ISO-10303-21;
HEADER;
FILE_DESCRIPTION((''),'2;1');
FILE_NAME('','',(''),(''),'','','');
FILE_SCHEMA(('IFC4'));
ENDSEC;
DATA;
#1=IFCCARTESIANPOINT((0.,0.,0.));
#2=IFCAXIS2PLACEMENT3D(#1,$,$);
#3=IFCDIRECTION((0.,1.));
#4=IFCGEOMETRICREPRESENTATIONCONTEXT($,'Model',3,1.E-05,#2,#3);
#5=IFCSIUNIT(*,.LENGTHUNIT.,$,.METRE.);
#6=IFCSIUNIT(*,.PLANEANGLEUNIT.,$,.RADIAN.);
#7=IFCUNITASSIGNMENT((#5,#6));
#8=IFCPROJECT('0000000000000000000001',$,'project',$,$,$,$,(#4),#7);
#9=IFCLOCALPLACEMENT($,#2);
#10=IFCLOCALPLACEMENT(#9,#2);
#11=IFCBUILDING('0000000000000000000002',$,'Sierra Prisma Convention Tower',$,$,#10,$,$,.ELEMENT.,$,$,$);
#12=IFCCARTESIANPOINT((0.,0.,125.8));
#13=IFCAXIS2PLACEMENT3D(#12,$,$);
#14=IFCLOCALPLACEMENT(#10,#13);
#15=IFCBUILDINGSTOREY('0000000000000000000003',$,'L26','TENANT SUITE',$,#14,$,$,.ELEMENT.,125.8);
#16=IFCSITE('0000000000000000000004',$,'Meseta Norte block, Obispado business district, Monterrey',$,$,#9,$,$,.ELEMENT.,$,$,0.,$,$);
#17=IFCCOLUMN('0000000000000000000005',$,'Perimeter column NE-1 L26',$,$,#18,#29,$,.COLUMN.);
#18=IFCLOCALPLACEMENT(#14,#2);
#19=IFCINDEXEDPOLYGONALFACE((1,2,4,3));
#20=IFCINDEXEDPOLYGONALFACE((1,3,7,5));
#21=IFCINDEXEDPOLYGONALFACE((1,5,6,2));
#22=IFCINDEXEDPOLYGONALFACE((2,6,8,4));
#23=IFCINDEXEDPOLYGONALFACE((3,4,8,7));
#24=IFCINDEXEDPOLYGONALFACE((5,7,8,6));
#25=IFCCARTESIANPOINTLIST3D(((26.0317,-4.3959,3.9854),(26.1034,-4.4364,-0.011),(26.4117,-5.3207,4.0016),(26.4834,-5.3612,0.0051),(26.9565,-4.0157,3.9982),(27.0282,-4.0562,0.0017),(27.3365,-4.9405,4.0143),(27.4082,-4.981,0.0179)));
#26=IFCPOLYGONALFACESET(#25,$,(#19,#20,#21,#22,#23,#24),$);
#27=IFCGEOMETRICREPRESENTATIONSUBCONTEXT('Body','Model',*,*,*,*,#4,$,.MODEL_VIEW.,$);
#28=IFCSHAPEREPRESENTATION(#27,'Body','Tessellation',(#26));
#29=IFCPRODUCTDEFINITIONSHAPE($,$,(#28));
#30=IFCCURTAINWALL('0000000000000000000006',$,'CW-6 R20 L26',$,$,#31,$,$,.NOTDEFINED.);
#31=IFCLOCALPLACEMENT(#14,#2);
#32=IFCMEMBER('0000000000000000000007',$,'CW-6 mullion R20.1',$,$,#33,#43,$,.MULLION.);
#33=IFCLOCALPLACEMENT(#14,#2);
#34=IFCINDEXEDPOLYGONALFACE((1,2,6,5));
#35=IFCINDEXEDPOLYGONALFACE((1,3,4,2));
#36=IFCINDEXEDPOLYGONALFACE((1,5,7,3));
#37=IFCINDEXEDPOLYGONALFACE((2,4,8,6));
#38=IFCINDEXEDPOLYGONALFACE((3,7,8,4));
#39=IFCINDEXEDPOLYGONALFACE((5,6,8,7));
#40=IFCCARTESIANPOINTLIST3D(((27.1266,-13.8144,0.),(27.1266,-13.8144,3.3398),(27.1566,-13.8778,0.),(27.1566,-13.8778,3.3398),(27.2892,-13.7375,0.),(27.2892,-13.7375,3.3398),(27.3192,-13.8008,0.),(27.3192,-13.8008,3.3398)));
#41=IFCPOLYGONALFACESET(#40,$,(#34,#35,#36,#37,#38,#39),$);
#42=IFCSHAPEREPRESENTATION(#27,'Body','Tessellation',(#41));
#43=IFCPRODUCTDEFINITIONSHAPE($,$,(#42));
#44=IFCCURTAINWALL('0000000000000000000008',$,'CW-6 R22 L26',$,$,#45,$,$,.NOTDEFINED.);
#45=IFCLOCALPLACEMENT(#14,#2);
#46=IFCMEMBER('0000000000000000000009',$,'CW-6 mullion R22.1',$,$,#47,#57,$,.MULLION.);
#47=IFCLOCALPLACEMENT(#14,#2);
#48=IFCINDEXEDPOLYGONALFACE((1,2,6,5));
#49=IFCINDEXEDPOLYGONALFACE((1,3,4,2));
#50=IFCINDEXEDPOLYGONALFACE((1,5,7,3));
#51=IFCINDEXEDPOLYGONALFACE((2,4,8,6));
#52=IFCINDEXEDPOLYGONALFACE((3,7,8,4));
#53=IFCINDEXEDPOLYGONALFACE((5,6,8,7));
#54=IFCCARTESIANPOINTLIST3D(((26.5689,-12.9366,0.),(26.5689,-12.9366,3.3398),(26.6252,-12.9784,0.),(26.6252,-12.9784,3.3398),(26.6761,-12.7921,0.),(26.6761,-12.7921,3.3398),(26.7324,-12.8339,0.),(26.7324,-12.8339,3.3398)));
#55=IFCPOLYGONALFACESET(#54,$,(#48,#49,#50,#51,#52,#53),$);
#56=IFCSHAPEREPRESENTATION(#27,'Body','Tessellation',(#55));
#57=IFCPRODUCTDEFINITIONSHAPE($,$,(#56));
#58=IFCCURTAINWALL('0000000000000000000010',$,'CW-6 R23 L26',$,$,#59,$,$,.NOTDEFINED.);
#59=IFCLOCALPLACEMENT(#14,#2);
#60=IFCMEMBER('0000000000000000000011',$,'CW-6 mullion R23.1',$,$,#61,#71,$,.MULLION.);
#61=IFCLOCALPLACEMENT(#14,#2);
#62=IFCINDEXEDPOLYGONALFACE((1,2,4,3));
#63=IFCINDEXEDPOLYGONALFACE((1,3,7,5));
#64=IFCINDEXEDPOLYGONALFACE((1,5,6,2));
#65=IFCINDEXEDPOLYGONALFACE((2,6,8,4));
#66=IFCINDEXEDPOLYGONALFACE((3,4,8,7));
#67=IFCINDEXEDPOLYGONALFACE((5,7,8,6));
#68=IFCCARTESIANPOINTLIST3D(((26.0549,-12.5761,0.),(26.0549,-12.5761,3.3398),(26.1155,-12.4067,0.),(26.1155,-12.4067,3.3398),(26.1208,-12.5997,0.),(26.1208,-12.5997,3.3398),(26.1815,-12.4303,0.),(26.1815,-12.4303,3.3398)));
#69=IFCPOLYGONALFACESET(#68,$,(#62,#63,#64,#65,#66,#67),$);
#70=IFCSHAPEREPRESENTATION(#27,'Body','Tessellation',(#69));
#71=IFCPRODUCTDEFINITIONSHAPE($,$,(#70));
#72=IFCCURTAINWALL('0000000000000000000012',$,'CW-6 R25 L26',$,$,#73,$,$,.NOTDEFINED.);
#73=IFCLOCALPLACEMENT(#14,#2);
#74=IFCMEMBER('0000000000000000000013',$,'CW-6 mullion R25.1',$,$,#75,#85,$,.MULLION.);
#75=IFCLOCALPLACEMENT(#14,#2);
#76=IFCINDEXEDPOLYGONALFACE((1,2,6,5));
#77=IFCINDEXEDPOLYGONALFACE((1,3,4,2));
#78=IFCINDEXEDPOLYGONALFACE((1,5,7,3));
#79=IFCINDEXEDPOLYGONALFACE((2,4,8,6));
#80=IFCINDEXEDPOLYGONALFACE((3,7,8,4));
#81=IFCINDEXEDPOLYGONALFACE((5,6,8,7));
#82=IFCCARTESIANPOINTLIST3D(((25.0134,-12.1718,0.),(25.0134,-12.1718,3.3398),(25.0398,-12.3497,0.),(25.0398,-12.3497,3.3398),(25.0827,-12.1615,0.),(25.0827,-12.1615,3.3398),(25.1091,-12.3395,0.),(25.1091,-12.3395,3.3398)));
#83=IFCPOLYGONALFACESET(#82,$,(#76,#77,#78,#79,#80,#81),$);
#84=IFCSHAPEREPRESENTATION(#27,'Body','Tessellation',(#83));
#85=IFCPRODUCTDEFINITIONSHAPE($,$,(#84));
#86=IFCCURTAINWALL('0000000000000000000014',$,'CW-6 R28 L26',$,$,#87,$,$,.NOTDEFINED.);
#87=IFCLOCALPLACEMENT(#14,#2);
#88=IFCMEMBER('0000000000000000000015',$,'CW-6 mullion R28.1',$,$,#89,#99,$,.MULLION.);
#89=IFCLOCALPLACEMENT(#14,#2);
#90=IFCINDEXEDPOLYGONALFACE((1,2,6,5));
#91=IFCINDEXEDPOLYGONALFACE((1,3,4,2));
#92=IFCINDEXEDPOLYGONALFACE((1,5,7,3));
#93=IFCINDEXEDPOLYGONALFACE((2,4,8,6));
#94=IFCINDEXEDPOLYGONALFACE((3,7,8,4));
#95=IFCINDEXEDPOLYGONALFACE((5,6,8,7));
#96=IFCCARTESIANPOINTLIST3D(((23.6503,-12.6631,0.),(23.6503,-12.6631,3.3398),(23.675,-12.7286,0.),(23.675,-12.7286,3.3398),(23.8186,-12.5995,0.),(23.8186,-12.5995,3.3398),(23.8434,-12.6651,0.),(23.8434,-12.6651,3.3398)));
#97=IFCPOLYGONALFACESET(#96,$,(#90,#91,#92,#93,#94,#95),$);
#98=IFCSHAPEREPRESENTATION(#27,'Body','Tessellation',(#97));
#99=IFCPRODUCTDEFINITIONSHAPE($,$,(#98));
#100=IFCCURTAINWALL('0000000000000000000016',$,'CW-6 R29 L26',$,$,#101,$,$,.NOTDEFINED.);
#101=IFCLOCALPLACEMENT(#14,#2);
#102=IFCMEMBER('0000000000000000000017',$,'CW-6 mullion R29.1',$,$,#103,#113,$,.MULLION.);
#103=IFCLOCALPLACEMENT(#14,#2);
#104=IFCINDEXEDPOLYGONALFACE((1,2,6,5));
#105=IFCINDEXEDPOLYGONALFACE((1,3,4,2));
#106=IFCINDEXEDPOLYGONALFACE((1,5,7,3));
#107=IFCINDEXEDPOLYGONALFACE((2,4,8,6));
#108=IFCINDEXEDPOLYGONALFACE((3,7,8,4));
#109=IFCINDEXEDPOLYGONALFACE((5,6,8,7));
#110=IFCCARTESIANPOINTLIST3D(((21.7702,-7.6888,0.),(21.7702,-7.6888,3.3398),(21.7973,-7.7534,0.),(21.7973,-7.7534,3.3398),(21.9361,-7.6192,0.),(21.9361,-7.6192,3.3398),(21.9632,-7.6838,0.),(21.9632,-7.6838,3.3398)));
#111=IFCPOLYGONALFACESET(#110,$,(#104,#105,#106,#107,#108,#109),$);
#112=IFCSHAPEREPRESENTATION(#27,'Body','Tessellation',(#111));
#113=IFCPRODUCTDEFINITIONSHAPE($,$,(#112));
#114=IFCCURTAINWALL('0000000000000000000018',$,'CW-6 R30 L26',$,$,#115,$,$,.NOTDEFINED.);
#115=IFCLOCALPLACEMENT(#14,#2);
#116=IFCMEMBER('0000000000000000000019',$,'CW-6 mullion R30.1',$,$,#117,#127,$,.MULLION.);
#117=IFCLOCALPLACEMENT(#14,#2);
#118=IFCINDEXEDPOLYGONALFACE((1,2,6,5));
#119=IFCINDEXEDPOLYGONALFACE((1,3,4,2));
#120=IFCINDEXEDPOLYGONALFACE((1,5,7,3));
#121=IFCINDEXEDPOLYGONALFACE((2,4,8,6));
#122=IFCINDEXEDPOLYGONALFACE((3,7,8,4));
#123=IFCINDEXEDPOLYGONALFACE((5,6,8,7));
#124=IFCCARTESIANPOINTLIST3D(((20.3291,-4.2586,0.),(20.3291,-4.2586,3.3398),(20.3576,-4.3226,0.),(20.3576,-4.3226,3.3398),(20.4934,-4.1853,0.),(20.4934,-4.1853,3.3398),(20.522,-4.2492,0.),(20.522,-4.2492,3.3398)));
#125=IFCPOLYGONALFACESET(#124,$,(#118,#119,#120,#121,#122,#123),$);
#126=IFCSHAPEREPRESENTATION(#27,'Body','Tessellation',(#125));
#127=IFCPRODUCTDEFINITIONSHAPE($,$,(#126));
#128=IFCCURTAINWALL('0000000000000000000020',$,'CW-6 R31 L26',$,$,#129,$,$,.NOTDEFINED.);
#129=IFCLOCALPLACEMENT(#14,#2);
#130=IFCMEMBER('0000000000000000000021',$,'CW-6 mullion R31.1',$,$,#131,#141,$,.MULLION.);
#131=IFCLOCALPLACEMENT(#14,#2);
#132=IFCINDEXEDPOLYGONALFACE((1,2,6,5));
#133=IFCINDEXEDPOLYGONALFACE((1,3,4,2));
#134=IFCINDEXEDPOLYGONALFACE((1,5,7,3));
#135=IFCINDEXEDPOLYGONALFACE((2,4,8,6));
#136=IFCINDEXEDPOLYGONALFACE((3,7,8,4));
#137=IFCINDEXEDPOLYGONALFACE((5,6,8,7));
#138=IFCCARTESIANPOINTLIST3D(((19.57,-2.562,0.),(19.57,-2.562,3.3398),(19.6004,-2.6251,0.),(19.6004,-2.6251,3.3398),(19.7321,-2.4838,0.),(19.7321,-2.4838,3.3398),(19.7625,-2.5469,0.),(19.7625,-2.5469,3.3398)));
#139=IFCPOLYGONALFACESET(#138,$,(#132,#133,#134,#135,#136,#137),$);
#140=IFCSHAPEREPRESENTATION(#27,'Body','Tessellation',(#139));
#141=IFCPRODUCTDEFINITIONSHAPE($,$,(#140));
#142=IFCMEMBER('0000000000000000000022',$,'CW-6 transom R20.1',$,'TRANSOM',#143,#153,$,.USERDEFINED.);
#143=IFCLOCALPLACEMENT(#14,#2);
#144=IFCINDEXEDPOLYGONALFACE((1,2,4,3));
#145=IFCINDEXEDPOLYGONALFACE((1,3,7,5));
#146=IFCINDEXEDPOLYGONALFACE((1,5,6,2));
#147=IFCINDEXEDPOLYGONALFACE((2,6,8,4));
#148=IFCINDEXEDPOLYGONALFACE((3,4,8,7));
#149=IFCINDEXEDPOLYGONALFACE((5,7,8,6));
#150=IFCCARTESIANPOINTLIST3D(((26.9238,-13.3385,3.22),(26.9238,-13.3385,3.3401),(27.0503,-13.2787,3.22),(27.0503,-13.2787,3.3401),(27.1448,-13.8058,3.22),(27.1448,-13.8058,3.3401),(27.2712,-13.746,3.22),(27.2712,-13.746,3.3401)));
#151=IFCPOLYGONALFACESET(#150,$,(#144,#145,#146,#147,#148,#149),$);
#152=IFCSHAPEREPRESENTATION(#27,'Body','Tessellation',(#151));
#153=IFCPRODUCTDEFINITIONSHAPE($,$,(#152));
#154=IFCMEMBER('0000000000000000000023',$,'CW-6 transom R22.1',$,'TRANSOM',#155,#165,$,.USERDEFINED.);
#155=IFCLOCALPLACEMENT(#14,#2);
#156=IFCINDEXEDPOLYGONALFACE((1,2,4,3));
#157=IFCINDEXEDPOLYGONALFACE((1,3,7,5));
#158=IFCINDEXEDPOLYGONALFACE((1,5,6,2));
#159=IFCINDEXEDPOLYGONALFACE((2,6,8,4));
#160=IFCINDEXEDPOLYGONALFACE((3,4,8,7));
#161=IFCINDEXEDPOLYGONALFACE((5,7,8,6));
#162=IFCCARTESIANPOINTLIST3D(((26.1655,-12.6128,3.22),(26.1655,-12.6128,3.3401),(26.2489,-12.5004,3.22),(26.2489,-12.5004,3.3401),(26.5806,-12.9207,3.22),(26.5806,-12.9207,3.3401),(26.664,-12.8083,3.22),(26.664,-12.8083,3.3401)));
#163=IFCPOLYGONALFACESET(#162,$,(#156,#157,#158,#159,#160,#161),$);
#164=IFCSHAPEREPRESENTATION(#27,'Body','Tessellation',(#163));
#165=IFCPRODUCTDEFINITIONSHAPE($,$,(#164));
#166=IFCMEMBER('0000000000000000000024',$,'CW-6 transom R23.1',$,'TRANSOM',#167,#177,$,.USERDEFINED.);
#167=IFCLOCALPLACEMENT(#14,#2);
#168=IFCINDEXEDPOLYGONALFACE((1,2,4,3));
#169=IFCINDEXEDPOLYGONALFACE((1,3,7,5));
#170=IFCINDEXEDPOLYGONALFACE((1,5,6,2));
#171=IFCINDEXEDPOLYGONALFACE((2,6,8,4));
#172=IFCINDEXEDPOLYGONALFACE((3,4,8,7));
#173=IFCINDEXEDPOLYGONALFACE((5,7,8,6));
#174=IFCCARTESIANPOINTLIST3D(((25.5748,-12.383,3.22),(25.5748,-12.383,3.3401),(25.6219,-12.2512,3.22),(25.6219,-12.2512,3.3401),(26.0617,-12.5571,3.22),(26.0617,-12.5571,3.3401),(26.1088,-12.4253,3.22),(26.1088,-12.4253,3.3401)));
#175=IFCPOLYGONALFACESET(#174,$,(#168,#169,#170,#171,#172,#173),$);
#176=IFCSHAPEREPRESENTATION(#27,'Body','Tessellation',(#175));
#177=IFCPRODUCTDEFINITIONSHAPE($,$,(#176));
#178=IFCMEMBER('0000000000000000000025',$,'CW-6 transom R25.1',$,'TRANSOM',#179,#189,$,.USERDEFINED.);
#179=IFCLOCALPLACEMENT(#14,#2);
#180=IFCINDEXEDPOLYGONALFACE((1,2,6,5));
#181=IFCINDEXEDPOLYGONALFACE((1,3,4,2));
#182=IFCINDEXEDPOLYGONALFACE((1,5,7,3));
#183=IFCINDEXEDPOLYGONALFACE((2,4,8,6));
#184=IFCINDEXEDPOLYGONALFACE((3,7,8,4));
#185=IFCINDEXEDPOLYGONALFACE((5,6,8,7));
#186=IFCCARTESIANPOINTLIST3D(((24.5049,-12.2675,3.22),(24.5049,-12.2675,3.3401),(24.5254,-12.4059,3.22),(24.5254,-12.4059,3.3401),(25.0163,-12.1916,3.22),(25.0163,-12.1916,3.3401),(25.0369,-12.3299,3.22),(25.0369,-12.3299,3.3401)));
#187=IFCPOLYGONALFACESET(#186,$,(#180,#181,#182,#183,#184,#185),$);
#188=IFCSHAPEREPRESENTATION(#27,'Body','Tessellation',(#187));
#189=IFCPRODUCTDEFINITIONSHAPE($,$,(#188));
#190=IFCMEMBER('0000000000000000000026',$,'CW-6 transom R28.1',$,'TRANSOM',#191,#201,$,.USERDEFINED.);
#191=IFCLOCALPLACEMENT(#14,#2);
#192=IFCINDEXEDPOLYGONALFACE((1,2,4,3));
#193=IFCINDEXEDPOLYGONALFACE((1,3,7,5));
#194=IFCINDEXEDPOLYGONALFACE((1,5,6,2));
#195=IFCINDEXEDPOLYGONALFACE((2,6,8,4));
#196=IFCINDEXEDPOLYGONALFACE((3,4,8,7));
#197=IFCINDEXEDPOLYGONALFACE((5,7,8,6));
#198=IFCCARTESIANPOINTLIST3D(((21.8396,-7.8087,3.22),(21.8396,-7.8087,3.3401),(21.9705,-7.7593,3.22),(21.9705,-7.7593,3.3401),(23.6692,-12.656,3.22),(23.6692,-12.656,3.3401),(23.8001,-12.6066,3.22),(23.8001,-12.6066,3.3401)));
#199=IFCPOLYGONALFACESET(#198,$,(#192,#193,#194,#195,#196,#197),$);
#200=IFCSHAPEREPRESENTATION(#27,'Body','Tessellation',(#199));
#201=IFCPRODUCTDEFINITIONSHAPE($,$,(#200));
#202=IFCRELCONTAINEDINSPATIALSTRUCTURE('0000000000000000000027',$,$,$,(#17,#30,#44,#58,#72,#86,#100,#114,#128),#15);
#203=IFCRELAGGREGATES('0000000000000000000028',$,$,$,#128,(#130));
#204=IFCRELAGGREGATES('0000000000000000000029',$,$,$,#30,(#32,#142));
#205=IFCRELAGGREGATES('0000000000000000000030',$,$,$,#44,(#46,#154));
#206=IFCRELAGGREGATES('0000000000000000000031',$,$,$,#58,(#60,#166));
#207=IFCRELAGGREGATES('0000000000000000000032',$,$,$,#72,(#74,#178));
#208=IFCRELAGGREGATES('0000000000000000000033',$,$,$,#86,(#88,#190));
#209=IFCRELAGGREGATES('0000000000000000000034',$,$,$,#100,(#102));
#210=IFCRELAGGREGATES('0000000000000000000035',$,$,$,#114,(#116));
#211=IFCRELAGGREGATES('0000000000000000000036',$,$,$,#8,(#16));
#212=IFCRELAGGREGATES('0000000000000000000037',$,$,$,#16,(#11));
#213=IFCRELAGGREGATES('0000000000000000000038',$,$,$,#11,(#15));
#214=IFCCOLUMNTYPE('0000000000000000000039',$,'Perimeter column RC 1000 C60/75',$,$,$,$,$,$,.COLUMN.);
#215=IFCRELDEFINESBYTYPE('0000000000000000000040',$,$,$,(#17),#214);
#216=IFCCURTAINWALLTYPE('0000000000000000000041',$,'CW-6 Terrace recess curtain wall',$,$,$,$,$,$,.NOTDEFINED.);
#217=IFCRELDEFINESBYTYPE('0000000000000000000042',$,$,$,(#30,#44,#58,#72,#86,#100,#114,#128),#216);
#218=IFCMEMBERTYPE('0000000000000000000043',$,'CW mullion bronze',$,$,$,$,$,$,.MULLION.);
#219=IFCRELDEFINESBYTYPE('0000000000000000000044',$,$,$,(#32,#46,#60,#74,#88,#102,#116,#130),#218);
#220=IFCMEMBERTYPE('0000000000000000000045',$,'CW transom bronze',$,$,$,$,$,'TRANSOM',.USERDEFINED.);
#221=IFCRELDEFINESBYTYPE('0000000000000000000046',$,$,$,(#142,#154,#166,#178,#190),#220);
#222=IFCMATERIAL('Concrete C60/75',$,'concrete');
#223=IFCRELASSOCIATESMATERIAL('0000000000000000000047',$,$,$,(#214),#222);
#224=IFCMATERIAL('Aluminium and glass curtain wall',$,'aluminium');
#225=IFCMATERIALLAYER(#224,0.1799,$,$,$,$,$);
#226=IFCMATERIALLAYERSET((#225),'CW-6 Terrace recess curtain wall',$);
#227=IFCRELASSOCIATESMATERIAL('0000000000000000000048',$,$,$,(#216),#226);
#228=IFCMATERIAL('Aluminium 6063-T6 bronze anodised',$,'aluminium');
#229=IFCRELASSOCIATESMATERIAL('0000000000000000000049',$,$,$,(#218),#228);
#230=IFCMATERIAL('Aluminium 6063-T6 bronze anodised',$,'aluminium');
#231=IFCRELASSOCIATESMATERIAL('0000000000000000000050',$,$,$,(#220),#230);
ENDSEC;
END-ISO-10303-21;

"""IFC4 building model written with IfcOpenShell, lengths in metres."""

from ifc_helpers import new_model, si_unit, direction, frame, origin, origin_2d, place, context, subcontext, project, spatial, rectangle, extrude, clip, halfspace, material, layer, layer_set, material_profile, profile_set, type_object, element, aggregate, save


model = new_model("IFC4")

# Units and contexts
model_context = context("Model", 3, precision=1e-05, world=origin(), true_north=direction((0.0, 1.0)))
body_context = subcontext(model_context, "Body", "Model", "MODEL_VIEW")
ifc_project = project(units=[si_unit("LENGTHUNIT", "METRE"), si_unit("PLANEANGLEUNIT", "RADIAN")], contexts=[model_context])

# Site, building, storey
site_placement = place(None, origin())
site = spatial("IfcSite", under=ifc_project, at=site_placement, Name="Meseta Norte block, Obispado business district, Monterrey", CompositionType="ELEMENT", RefElevation=0.0)
building_placement = place(site_placement, origin())
building = spatial("IfcBuilding", under=site, at=building_placement, Name="Sierra Prisma Convention Tower", CompositionType="ELEMENT")
storey_placement = place(building_placement, frame((0.0, 0.0, 125.8)))
storey = spatial("IfcBuildingStorey", under=building, at=storey_placement, Name="L26", Description="TENANT SUITE", CompositionType="ELEMENT", Elevation=125.8)

# Column
ifc_material_1 = material(Name="Concrete C60/75", Category="concrete")
ifc_material_profile_1 = material_profile(ifc_material_1, rectangle(XDim=1.0, YDim=1.0, at=origin_2d()), Name="Perimeter column RC 1000 C60/75")
ifc_profile_set_1 = profile_set([ifc_material_profile_1], Name="Concrete C60/75")
column_type = type_object("IfcColumnType", Name="Perimeter column RC 1000 C60/75", PredefinedType="COLUMN", material=ifc_profile_set_1)
column_placement = place(storey_placement, frame((26.7559, -4.7087, 0.0), z_axis=(-0.017941, 0.01013, 0.999788), x_axis=(-0.38002, 0.924837, -0.016189)))
element("IfcColumn", 1, at=column_placement, inside=storey, type_object=column_type, Name="Perimeter column NE-1 L26", PredefinedType="COLUMN", context=body_context, shape_type="SweptSolid", body=[
    clip(extrude(rectangle(XDim=1.0, YDim=1.0, at=origin_2d()), origin(), (0.0, 0.0, 1.0), 4.0007), halfspace(frame((0.0, 0.0, 0.0034)), True)),
])

# Curtain walls, members
ifc_material_2 = material(Name="Aluminium and glass curtain wall", Category="aluminium")
ifc_layer_1 = layer(ifc_material_2, 0.1799)
ifc_layer_set_1 = layer_set([ifc_layer_1], Name="CW-6 Terrace recess curtain wall")
curtain_wall_type = type_object("IfcCurtainWallType", Name="CW-6 Terrace recess curtain wall", PredefinedType="NOTDEFINED", material=ifc_layer_set_1)
curtain_wall_1_placement = place(storey_placement, origin())
curtain_wall_1 = element("IfcCurtainWall", 2, at=curtain_wall_1_placement, inside=storey, type_object=curtain_wall_type, Name="CW-6 R20 L26", PredefinedType="NOTDEFINED")
ifc_material_3 = material(Name="Aluminium 6063-T6 bronze anodised", Category="aluminium")
ifc_material_profile_2 = material_profile(ifc_material_3, rectangle(XDim=0.1799, YDim=0.0701, at=origin_2d()), Name="ALU MULLION 70x180")
ifc_profile_set_2 = profile_set([ifc_material_profile_2], Name="Aluminium 6063-T6 bronze anodised")
member_type_1 = type_object("IfcMemberType", Name="CW mullion bronze", PredefinedType="MULLION", material=ifc_profile_set_2)
member_1_placement = place(storey_placement, frame((27.2229, -13.8076, 0.0), z_axis=(0.0, 0.0, 1.0), x_axis=(-0.903989, -0.427555, 0.0)))
member_1 = element("IfcMember", 3, at=member_1_placement, type_object=member_type_1, Name="CW-6 mullion R20.1", PredefinedType="MULLION", context=body_context, shape_type="SweptSolid", body=[
    extrude(rectangle(XDim=0.1799, YDim=0.0701, at=origin_2d()), origin(), (0.0, 0.0, 1.0), 3.3398),
])
curtain_wall_2_placement = place(storey_placement, origin())
curtain_wall_2 = element("IfcCurtainWall", 4, at=curtain_wall_2_placement, inside=storey, type_object=curtain_wall_type, Name="CW-6 R22 L26", PredefinedType="NOTDEFINED")
member_2_placement = place(storey_placement, frame((26.6506, -12.8853, 0.0), z_axis=(0.0, 0.0, 1.0), x_axis=(-0.595699, -0.803208, 0.0)))
member_2 = element("IfcMember", 5, at=member_2_placement, type_object=member_type_1, Name="CW-6 mullion R22.1", PredefinedType="MULLION", context=body_context, shape_type="SweptSolid", body=[
    extrude(rectangle(XDim=0.1799, YDim=0.0701, at=origin_2d()), origin(), (0.0, 0.0, 1.0), 3.3398),
])
curtain_wall_3_placement = place(storey_placement, origin())
curtain_wall_3 = element("IfcCurtainWall", 6, at=curtain_wall_3_placement, inside=storey, type_object=curtain_wall_type, Name="CW-6 R23 L26", PredefinedType="NOTDEFINED")
member_3_placement = place(storey_placement, frame((26.1182, -12.5032, 0.0), z_axis=(0.0, 0.0, 1.0), x_axis=(-0.33689, -0.941544, 0.0)))
member_3 = element("IfcMember", 7, at=member_3_placement, type_object=member_type_1, Name="CW-6 mullion R23.1", PredefinedType="MULLION", context=body_context, shape_type="SweptSolid", body=[
    extrude(rectangle(XDim=0.1799, YDim=0.0701, at=origin_2d()), origin(), (0.0, 0.0, 1.0), 3.3398),
])
curtain_wall_4_placement = place(storey_placement, origin())
curtain_wall_4 = element("IfcCurtainWall", 8, at=curtain_wall_4_placement, inside=storey, type_object=curtain_wall_type, Name="CW-6 R25 L26", PredefinedType="NOTDEFINED")
member_4_placement = place(storey_placement, frame((25.0613, -12.2556, 0.0), z_axis=(0.0, 0.0, 1.0), x_axis=(0.14673, -0.989177, 0.0)))
member_4 = element("IfcMember", 9, at=member_4_placement, type_object=member_type_1, Name="CW-6 mullion R25.1", PredefinedType="MULLION", context=body_context, shape_type="SweptSolid", body=[
    extrude(rectangle(XDim=0.1799, YDim=0.0701, at=origin_2d()), origin(), (0.0, 0.0, 1.0), 3.3398),
])
curtain_wall_5_placement = place(storey_placement, origin())
curtain_wall_5 = element("IfcCurtainWall", 10, at=curtain_wall_5_placement, inside=storey, type_object=curtain_wall_type, Name="CW-6 R28 L26", PredefinedType="NOTDEFINED")
member_5_placement = place(storey_placement, frame((23.7468, -12.6641, 0.0), z_axis=(0.0, 0.0, 1.0), x_axis=(-0.935578, -0.35312, 0.0)))
member_5 = element("IfcMember", 11, at=member_5_placement, type_object=member_type_1, Name="CW-6 mullion R28.1", PredefinedType="MULLION", context=body_context, shape_type="SweptSolid", body=[
    extrude(rectangle(XDim=0.1799, YDim=0.0701, at=origin_2d()), origin(), (0.0, 0.0, 1.0), 3.3398),
])
curtain_wall_6_placement = place(storey_placement, origin())
curtain_wall_6 = element("IfcCurtainWall", 12, at=curtain_wall_6_placement, inside=storey, type_object=curtain_wall_type, Name="CW-6 R29 L26", PredefinedType="NOTDEFINED")
member_6_placement = place(storey_placement, frame((21.8667, -7.6863, 0.0), z_axis=(0.0, 0.0, 1.0), x_axis=(-0.922104, -0.386942, 0.0)))
member_6 = element("IfcMember", 13, at=member_6_placement, type_object=member_type_1, Name="CW-6 mullion R29.1", PredefinedType="MULLION", context=body_context, shape_type="SweptSolid", body=[
    extrude(rectangle(XDim=0.1799, YDim=0.0701, at=origin_2d()), origin(), (0.0, 0.0, 1.0), 3.3398),
])
curtain_wall_7_placement = place(storey_placement, origin())
curtain_wall_7 = element("IfcCurtainWall", 14, at=curtain_wall_7_placement, inside=storey, type_object=curtain_wall_type, Name="CW-6 R30 L26", PredefinedType="NOTDEFINED")
member_7_placement = place(storey_placement, frame((20.4255, -4.2539, 0.0), z_axis=(0.0, 0.0, 1.0), x_axis=(-0.913252, -0.407394, 0.0)))
member_7 = element("IfcMember", 15, at=member_7_placement, type_object=member_type_1, Name="CW-6 mullion R30.1", PredefinedType="MULLION", context=body_context, shape_type="SweptSolid", body=[
    extrude(rectangle(XDim=0.1799, YDim=0.0701, at=origin_2d()), origin(), (0.0, 0.0, 1.0), 3.3398),
])
curtain_wall_8_placement = place(storey_placement, origin())
curtain_wall_8 = element("IfcCurtainWall", 16, at=curtain_wall_8_placement, inside=storey, type_object=curtain_wall_type, Name="CW-6 R31 L26", PredefinedType="NOTDEFINED")
member_8_placement = place(storey_placement, frame((19.6663, -2.5544, 0.0), z_axis=(0.0, 0.0, 1.0), x_axis=(-0.900746, -0.434347, 0.0)))
member_8 = element("IfcMember", 17, at=member_8_placement, type_object=member_type_1, Name="CW-6 mullion R31.1", PredefinedType="MULLION", context=body_context, shape_type="SweptSolid", body=[
    extrude(rectangle(XDim=0.1799, YDim=0.0701, at=origin_2d()), origin(), (0.0, 0.0, 1.0), 3.3398),
])

# Members
ifc_material_4 = material(Name="Aluminium 6063-T6 bronze anodised", Category="aluminium")
ifc_material_profile_3 = material_profile(ifc_material_4, rectangle(XDim=0.1399, YDim=0.1201, at=origin_2d()), Name="ALU TRANSOM 120x140")
ifc_profile_set_3 = profile_set([ifc_material_profile_3], Name="Aluminium 6063-T6 bronze anodised")
member_type_2 = type_object("IfcMemberType", Name="CW transom bronze", ElementType="TRANSOM", PredefinedType="USERDEFINED", material=ifc_profile_set_3)
member_9_placement = place(storey_placement, frame((27.208, -13.7759, 3.28), z_axis=(-0.427457, 0.904036, 0.0), x_axis=(-0.904036, -0.427457, 0.0)))
member_9 = element("IfcMember", 18, at=member_9_placement, type_object=member_type_2, Name="CW-6 transom R20.1", ObjectType="TRANSOM", PredefinedType="USERDEFINED", context=body_context, shape_type="SweptSolid", body=[
    extrude(rectangle(XDim=0.1399, YDim=0.1201, at=origin_2d()), origin(), (0.0, 0.0, 1.0), 0.5168),
])
member_10_placement = place(storey_placement, frame((26.6223, -12.8645, 3.28), z_axis=(-0.803164, 0.595758, 0.0), x_axis=(-0.595758, -0.803164, 0.0)))
member_10 = element("IfcMember", 19, at=member_10_placement, type_object=member_type_2, Name="CW-6 transom R22.1", ObjectType="TRANSOM", PredefinedType="USERDEFINED", context=body_context, shape_type="SweptSolid", body=[
    extrude(rectangle(XDim=0.1399, YDim=0.1201, at=origin_2d()), origin(), (0.0, 0.0, 1.0), 0.5168),
])
member_11_placement = place(storey_placement, frame((26.0852, -12.4912, 3.28), z_axis=(-0.941614, 0.336695, 0.0), x_axis=(-0.336695, -0.941614, 0.0)))
member_11 = element("IfcMember", 20, at=member_11_placement, type_object=member_type_2, Name="CW-6 transom R23.1", ObjectType="TRANSOM", PredefinedType="USERDEFINED", context=body_context, shape_type="SweptSolid", body=[
    extrude(rectangle(XDim=0.1399, YDim=0.1201, at=origin_2d()), origin(), (0.0, 0.0, 1.0), 0.5171),
])
member_12_placement = place(storey_placement, frame((25.0266, -12.2607, 3.28), z_axis=(-0.98916, -0.14684, 0.0), x_axis=(0.14684, -0.98916, 0.0)))
member_12 = element("IfcMember", 21, at=member_12_placement, type_object=member_type_2, Name="CW-6 transom R25.1", ObjectType="TRANSOM", PredefinedType="USERDEFINED", context=body_context, shape_type="SweptSolid", body=[
    extrude(rectangle(XDim=0.1399, YDim=0.1201, at=origin_2d()), origin(), (0.0, 0.0, 1.0), 0.5171),
])
member_13_placement = place(storey_placement, frame((23.7346, -12.6313, 3.28), z_axis=(-0.353121, 0.935578, 0.0), x_axis=(-0.935578, -0.353121, 0.0)))
member_13 = element("IfcMember", 22, at=member_13_placement, type_object=member_type_2, Name="CW-6 transom R28.1", ObjectType="TRANSOM", PredefinedType="USERDEFINED", context=body_context, shape_type="SweptSolid", body=[
    extrude(rectangle(XDim=0.1399, YDim=0.1201, at=origin_2d()), origin(), (0.0, 0.0, 1.0), 5.1812),
])
aggregate(curtain_wall_8, [member_8])

aggregate(curtain_wall_1, [member_1, member_9])
aggregate(curtain_wall_2, [member_2, member_10])
aggregate(curtain_wall_3, [member_3, member_11])
aggregate(curtain_wall_4, [member_4, member_12])
aggregate(curtain_wall_5, [member_5, member_13])
aggregate(curtain_wall_6, [member_6])
aggregate(curtain_wall_7, [member_7])

save(model, "model.ifc")
